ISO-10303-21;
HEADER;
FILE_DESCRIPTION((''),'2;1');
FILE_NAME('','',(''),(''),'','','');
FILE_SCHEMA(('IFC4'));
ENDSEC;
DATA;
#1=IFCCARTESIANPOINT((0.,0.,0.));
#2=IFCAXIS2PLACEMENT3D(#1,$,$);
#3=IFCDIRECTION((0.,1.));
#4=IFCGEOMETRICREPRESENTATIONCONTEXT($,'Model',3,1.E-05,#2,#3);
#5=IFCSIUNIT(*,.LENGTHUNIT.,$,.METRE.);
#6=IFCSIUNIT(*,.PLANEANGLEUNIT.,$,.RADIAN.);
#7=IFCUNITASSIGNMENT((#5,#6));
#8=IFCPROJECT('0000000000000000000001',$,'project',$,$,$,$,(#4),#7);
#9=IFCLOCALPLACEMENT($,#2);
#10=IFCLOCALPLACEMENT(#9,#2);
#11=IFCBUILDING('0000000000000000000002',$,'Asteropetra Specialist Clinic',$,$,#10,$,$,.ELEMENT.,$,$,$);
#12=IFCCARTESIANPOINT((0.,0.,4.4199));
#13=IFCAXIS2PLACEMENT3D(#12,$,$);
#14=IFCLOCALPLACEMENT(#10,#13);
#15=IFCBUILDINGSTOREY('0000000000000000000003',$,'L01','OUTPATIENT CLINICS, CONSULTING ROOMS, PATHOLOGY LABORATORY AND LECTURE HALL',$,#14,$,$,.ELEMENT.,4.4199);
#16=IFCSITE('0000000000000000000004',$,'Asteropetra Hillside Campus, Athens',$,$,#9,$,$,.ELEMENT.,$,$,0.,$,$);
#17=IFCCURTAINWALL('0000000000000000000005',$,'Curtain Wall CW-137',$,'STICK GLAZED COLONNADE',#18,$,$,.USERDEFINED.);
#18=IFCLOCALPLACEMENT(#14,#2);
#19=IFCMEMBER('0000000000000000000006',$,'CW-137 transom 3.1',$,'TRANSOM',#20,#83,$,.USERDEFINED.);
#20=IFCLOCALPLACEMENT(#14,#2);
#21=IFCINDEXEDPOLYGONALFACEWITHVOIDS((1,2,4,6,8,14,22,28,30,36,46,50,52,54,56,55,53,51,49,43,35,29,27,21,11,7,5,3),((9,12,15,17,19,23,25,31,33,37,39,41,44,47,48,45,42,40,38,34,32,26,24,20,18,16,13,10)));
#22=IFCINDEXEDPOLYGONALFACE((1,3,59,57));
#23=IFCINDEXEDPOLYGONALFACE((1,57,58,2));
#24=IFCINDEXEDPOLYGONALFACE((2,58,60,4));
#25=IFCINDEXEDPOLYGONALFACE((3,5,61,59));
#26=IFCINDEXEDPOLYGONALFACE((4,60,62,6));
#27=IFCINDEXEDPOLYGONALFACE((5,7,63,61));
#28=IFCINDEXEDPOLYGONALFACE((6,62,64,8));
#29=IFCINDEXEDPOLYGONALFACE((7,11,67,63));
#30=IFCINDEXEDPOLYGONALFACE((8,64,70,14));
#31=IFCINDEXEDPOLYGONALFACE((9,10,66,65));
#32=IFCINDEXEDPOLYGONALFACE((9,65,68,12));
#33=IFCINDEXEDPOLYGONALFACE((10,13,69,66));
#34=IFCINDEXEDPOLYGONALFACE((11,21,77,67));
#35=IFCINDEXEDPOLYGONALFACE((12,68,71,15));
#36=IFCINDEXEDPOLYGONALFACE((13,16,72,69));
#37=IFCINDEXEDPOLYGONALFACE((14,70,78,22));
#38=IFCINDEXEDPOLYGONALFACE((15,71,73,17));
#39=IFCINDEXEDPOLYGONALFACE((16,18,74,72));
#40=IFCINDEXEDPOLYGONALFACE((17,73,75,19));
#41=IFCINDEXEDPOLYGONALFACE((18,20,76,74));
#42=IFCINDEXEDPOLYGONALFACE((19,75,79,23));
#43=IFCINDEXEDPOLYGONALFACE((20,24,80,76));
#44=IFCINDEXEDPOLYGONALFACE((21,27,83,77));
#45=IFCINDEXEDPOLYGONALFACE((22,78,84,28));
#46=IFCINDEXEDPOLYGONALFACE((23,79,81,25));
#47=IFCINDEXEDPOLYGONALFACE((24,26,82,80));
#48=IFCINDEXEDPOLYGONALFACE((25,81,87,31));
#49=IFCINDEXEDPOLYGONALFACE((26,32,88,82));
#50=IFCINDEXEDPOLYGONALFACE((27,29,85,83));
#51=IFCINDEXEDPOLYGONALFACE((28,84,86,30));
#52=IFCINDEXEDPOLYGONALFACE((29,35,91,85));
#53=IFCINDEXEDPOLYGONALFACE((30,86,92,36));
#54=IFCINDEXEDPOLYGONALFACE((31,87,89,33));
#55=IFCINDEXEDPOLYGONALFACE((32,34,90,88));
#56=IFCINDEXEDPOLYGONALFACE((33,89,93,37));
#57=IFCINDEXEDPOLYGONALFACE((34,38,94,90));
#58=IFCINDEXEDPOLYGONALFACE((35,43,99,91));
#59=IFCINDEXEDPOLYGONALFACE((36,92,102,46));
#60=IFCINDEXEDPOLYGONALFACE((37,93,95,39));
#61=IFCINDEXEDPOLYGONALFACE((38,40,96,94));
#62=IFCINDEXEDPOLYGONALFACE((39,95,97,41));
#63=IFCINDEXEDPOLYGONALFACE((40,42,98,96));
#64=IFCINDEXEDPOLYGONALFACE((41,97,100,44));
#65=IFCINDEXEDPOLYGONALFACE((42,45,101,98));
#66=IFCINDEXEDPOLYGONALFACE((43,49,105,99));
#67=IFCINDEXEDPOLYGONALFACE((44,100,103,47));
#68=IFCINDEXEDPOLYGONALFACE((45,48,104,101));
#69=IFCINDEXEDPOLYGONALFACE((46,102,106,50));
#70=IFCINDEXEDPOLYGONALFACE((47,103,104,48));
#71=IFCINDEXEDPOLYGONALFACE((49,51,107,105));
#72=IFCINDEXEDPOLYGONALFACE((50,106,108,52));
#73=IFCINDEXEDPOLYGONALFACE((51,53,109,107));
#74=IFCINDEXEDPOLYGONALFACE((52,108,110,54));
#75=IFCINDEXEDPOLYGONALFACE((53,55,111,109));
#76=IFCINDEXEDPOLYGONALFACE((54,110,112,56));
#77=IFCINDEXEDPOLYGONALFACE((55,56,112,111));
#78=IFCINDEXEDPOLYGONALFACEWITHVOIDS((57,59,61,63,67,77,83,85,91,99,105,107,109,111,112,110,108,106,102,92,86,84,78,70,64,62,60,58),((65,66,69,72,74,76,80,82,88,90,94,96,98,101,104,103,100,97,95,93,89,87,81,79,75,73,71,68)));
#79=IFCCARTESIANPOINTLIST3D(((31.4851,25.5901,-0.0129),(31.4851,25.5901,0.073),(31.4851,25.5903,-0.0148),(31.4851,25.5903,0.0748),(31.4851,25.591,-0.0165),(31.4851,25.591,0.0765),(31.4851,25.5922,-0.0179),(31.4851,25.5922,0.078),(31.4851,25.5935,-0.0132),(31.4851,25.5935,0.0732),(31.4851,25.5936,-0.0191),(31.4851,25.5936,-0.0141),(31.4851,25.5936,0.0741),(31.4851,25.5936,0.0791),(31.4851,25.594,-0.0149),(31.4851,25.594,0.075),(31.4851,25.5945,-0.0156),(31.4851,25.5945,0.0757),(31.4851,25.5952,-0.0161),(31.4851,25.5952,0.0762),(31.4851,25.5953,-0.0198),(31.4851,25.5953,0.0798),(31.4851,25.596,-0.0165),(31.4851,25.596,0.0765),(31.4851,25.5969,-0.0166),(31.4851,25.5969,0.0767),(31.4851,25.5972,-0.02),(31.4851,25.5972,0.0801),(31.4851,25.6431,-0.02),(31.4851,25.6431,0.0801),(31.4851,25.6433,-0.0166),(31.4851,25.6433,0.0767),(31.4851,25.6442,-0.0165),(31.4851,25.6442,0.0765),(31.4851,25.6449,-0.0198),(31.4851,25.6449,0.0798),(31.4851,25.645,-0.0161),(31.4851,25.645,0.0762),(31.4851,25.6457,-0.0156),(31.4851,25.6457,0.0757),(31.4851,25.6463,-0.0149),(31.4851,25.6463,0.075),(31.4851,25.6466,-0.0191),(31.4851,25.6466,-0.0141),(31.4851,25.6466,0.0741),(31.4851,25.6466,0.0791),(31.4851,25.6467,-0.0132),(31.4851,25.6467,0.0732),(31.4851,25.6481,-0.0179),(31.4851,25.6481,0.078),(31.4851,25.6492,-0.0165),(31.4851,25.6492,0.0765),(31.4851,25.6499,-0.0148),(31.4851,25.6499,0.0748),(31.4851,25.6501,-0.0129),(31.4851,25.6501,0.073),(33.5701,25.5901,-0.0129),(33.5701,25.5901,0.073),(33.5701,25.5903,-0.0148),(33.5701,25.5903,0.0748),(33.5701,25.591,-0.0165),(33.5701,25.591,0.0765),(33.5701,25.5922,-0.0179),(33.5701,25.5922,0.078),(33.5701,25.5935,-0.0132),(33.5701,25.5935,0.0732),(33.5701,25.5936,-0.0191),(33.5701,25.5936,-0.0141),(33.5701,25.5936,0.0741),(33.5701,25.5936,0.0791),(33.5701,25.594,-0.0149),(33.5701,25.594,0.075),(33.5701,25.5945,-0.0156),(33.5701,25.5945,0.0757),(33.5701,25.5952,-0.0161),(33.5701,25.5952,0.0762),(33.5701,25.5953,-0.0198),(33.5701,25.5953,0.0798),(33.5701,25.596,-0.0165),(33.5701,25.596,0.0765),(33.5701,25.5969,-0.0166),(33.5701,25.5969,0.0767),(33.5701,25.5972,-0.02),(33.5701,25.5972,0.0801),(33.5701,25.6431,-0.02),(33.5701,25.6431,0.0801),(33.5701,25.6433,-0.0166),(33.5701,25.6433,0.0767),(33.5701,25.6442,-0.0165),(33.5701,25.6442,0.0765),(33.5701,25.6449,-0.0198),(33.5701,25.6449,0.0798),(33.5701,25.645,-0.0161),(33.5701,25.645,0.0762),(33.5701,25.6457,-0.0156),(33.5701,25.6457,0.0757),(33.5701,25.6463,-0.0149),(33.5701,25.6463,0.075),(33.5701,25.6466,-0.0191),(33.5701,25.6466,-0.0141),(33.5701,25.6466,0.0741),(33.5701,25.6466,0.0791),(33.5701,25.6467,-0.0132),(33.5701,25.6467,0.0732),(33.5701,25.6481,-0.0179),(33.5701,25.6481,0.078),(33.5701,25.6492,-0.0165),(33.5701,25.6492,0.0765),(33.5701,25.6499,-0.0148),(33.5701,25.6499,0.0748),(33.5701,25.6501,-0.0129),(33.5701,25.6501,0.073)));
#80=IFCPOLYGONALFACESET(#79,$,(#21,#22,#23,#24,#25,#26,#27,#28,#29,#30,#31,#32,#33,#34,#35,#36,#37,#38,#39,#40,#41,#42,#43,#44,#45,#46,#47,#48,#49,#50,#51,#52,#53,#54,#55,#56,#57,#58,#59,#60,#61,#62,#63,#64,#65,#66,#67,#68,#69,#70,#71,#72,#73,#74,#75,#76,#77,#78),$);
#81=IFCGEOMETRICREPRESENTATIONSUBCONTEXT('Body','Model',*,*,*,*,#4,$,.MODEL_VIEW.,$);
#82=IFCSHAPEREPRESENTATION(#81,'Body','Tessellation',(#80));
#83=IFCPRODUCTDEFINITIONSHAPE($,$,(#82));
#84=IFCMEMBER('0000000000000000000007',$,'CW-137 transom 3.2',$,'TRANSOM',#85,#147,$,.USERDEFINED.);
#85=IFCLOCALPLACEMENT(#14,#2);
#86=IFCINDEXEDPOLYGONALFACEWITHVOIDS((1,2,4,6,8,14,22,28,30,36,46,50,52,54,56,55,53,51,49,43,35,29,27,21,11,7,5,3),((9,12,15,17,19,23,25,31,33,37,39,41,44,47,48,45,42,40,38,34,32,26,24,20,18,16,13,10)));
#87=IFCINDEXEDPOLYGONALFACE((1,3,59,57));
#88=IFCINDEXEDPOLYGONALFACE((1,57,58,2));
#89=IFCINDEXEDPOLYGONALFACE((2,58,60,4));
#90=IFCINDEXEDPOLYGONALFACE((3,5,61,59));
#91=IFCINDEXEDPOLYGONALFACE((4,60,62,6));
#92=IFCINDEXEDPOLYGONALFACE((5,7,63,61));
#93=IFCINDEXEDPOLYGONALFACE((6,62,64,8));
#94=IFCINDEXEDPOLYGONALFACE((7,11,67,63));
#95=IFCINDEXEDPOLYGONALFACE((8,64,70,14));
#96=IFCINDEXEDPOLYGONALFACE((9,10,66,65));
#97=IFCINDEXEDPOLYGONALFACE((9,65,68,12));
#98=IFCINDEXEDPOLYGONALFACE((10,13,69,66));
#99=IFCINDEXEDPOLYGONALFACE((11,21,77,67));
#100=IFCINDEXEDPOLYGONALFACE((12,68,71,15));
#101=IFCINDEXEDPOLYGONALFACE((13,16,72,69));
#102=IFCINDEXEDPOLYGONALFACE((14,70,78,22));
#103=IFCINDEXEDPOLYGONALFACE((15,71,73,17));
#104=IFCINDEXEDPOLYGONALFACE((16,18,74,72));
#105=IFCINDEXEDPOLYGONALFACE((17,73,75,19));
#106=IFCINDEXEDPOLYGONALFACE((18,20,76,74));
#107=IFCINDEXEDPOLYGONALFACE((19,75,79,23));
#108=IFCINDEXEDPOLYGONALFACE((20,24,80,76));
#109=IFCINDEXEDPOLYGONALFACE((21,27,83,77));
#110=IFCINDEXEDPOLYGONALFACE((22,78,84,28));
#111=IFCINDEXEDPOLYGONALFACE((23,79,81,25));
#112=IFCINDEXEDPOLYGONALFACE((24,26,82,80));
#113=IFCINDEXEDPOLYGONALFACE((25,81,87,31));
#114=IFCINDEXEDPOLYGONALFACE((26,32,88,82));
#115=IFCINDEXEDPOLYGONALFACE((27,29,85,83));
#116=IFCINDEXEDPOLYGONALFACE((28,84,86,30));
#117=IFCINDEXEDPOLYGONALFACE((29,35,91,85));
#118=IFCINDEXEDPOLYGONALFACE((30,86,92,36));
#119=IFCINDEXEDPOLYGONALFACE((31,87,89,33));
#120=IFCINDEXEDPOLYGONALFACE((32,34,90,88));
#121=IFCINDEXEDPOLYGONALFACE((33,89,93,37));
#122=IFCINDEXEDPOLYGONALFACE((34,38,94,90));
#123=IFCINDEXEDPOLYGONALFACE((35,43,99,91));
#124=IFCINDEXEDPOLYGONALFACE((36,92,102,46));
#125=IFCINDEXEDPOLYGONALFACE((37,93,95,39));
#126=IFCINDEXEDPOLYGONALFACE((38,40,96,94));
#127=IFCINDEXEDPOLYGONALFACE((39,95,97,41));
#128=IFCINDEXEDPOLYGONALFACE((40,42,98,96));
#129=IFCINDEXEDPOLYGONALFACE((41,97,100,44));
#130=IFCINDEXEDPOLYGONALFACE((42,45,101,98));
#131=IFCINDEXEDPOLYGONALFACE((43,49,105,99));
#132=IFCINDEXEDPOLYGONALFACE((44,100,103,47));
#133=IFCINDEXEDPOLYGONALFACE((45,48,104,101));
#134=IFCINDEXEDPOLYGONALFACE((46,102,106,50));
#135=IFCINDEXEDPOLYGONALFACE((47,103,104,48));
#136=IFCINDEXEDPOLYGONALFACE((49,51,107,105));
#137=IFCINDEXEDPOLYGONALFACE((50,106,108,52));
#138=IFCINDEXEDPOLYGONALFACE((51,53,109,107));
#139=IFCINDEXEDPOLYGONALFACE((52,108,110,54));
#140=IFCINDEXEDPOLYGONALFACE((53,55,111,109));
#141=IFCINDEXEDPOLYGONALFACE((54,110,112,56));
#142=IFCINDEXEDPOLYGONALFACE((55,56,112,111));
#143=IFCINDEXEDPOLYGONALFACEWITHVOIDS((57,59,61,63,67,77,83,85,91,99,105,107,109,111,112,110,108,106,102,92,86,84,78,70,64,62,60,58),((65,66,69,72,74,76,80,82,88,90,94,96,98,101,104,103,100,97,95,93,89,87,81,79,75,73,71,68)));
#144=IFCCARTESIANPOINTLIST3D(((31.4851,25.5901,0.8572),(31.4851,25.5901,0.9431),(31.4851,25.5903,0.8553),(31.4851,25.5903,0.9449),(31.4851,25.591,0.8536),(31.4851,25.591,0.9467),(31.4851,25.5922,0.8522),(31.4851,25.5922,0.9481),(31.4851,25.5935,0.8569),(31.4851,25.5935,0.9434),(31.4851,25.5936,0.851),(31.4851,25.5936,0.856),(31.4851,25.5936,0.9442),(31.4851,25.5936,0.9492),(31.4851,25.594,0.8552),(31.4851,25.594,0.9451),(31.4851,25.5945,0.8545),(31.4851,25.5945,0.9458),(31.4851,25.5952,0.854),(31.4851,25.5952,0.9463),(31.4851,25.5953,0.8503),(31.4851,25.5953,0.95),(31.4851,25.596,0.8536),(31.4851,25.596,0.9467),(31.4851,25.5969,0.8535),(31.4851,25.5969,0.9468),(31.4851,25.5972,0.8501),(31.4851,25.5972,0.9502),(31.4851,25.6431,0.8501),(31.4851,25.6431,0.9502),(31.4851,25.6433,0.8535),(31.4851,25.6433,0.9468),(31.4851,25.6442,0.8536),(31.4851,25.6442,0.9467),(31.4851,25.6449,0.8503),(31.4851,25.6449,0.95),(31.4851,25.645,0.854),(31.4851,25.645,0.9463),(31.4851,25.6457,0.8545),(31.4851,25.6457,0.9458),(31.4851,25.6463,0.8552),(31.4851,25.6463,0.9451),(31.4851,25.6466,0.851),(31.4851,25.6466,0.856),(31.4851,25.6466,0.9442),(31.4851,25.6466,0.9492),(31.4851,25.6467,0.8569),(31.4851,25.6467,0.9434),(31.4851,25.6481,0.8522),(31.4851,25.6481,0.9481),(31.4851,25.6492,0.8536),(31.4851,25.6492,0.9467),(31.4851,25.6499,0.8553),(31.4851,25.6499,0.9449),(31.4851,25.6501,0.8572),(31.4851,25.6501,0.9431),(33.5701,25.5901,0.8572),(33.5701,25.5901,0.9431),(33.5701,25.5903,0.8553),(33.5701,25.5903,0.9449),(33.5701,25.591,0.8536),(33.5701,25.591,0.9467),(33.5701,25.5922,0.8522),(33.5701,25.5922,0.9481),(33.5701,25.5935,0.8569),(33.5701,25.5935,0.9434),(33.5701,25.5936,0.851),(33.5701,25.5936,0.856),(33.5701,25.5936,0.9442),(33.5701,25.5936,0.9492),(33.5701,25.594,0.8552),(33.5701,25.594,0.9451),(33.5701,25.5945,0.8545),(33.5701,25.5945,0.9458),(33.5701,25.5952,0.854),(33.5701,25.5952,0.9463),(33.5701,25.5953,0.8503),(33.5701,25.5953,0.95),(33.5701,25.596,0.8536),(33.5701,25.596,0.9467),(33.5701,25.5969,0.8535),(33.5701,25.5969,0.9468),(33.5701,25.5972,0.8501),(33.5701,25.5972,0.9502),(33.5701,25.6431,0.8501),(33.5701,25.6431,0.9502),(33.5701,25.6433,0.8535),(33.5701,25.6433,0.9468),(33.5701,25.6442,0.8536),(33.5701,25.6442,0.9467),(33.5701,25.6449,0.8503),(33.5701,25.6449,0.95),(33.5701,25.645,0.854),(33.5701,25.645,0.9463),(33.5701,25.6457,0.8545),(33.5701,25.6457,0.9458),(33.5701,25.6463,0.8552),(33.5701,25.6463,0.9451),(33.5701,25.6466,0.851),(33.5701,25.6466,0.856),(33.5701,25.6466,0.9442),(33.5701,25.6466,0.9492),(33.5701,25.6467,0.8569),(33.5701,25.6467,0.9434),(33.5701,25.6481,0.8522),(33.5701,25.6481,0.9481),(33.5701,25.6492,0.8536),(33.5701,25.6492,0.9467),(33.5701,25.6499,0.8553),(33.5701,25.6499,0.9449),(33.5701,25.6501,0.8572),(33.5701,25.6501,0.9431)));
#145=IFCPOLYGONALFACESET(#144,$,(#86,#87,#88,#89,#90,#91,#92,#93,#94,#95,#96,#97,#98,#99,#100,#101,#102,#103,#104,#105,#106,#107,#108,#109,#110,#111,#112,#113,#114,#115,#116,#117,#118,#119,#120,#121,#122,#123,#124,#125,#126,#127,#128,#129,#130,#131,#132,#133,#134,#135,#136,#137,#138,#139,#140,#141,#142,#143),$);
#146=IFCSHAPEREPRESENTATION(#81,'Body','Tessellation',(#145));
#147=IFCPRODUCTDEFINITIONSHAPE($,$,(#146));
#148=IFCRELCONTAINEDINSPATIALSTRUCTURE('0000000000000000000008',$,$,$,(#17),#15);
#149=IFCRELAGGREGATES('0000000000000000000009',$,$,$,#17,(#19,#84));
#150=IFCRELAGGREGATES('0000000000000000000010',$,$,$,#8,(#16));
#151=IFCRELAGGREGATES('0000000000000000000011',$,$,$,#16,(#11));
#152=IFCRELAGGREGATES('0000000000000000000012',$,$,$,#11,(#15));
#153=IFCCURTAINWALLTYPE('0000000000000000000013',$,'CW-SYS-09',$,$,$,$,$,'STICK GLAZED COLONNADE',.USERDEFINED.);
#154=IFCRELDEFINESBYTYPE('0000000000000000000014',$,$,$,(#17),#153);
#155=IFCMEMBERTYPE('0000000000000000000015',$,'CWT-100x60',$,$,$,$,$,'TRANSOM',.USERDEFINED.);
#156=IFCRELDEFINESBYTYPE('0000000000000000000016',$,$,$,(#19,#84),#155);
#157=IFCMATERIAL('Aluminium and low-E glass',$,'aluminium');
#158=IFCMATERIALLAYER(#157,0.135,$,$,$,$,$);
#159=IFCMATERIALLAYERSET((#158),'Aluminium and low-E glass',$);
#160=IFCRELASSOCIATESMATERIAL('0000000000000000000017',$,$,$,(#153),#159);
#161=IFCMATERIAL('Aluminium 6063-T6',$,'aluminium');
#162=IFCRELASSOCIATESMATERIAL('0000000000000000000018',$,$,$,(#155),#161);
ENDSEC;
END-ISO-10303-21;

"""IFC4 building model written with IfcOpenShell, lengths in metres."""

from ifc_helpers import new_model, si_unit, direction, frame, origin, origin_2d, place, context, subcontext, project, spatial, hollow_rectangle, extrude, material, layer, layer_set, material_profile, profile_set, type_object, element, aggregate, save


model = new_model("IFC4")

# Units and contexts
model_context = context("Model", 3, precision=1e-05, world=origin(), true_north=direction((0.0, 1.0)))
body_context = subcontext(model_context, "Body", "Model", "MODEL_VIEW")
ifc_project = project(units=[si_unit("LENGTHUNIT", "METRE"), si_unit("PLANEANGLEUNIT", "RADIAN")], contexts=[model_context])

# Site, building, storey
site_placement = place(None, origin())
site = spatial("IfcSite", under=ifc_project, at=site_placement, Name="Asteropetra Hillside Campus, Athens", CompositionType="ELEMENT", RefElevation=0.0)
building_placement = place(site_placement, origin())
building = spatial("IfcBuilding", under=site, at=building_placement, Name="Asteropetra Specialist Clinic", CompositionType="ELEMENT")
storey_placement = place(building_placement, frame((0.0, 0.0, 4.4199)))
storey = spatial("IfcBuildingStorey", under=building, at=storey_placement, Name="L01", Description="OUTPATIENT CLINICS, CONSULTING ROOMS, PATHOLOGY LABORATORY AND LECTURE HALL", CompositionType="ELEMENT", Elevation=4.4199)

# Curtain wall, members
ifc_material_1 = material(Name="Aluminium and low-E glass", Category="aluminium")
ifc_layer_1 = layer(ifc_material_1, 0.135)
ifc_layer_set_1 = layer_set([ifc_layer_1], Name="Aluminium and low-E glass")
curtain_wall_type = type_object("IfcCurtainWallType", Name="CW-SYS-09", ElementType="STICK GLAZED COLONNADE", PredefinedType="USERDEFINED", material=ifc_layer_set_1)
curtain_wall_placement = place(storey_placement, origin())
curtain_wall = element("IfcCurtainWall", 1, at=curtain_wall_placement, inside=storey, type_object=curtain_wall_type, Name="Curtain Wall CW-137", ObjectType="STICK GLAZED COLONNADE", PredefinedType="USERDEFINED")
ifc_material_2 = material(Name="Aluminium 6063-T6", Category="aluminium")
ifc_material_profile_1 = material_profile(ifc_material_2, hollow_rectangle(XDim=0.0601, YDim=0.1001, WallThickness=0.0034, InnerFilletRadius=0.0034, OuterFilletRadius=0.0071, at=origin_2d()), Name="TRN 100x60x3.5")
ifc_profile_set_1 = profile_set([ifc_material_profile_1], Name="Aluminium 6063-T6")
member_type_1 = type_object("IfcMemberType", Name="CWT-100x60", ElementType="TRANSOM", PredefinedType="USERDEFINED", material=ifc_profile_set_1)
member_1_placement = place(storey_placement, frame((33.5701, 25.6201, 0.03), z_axis=(-1.0, 0.0, 0.0), x_axis=(0.0, -1.0, 0.0)))
member_1 = element("IfcMember", 2, at=member_1_placement, type_object=member_type_1, Name="CW-137 transom 3.1", ObjectType="TRANSOM", PredefinedType="USERDEFINED", context=body_context, shape_type="SweptSolid", body=[
    extrude(hollow_rectangle(XDim=0.0601, YDim=0.1001, WallThickness=0.0034, InnerFilletRadius=0.0034, OuterFilletRadius=0.0071, at=origin_2d()), origin(), (0.0, 0.0, 1.0), 2.085),
])
member_2_placement = place(storey_placement, frame((33.5701, 25.6201, 0.9001), z_axis=(-1.0, 0.0, 0.0), x_axis=(0.0, -1.0, 0.0)))
member_2 = element("IfcMember", 3, at=member_2_placement, type_object=member_type_1, Name="CW-137 transom 3.2", ObjectType="TRANSOM", PredefinedType="USERDEFINED", context=body_context, shape_type="SweptSolid", body=[
    extrude(hollow_rectangle(XDim=0.0601, YDim=0.1001, WallThickness=0.0034, InnerFilletRadius=0.0034, OuterFilletRadius=0.0071, at=origin_2d()), origin(), (0.0, 0.0, 1.0), 2.085),
])
aggregate(curtain_wall, [member_1, member_2])

save(model, "model.ifc")
